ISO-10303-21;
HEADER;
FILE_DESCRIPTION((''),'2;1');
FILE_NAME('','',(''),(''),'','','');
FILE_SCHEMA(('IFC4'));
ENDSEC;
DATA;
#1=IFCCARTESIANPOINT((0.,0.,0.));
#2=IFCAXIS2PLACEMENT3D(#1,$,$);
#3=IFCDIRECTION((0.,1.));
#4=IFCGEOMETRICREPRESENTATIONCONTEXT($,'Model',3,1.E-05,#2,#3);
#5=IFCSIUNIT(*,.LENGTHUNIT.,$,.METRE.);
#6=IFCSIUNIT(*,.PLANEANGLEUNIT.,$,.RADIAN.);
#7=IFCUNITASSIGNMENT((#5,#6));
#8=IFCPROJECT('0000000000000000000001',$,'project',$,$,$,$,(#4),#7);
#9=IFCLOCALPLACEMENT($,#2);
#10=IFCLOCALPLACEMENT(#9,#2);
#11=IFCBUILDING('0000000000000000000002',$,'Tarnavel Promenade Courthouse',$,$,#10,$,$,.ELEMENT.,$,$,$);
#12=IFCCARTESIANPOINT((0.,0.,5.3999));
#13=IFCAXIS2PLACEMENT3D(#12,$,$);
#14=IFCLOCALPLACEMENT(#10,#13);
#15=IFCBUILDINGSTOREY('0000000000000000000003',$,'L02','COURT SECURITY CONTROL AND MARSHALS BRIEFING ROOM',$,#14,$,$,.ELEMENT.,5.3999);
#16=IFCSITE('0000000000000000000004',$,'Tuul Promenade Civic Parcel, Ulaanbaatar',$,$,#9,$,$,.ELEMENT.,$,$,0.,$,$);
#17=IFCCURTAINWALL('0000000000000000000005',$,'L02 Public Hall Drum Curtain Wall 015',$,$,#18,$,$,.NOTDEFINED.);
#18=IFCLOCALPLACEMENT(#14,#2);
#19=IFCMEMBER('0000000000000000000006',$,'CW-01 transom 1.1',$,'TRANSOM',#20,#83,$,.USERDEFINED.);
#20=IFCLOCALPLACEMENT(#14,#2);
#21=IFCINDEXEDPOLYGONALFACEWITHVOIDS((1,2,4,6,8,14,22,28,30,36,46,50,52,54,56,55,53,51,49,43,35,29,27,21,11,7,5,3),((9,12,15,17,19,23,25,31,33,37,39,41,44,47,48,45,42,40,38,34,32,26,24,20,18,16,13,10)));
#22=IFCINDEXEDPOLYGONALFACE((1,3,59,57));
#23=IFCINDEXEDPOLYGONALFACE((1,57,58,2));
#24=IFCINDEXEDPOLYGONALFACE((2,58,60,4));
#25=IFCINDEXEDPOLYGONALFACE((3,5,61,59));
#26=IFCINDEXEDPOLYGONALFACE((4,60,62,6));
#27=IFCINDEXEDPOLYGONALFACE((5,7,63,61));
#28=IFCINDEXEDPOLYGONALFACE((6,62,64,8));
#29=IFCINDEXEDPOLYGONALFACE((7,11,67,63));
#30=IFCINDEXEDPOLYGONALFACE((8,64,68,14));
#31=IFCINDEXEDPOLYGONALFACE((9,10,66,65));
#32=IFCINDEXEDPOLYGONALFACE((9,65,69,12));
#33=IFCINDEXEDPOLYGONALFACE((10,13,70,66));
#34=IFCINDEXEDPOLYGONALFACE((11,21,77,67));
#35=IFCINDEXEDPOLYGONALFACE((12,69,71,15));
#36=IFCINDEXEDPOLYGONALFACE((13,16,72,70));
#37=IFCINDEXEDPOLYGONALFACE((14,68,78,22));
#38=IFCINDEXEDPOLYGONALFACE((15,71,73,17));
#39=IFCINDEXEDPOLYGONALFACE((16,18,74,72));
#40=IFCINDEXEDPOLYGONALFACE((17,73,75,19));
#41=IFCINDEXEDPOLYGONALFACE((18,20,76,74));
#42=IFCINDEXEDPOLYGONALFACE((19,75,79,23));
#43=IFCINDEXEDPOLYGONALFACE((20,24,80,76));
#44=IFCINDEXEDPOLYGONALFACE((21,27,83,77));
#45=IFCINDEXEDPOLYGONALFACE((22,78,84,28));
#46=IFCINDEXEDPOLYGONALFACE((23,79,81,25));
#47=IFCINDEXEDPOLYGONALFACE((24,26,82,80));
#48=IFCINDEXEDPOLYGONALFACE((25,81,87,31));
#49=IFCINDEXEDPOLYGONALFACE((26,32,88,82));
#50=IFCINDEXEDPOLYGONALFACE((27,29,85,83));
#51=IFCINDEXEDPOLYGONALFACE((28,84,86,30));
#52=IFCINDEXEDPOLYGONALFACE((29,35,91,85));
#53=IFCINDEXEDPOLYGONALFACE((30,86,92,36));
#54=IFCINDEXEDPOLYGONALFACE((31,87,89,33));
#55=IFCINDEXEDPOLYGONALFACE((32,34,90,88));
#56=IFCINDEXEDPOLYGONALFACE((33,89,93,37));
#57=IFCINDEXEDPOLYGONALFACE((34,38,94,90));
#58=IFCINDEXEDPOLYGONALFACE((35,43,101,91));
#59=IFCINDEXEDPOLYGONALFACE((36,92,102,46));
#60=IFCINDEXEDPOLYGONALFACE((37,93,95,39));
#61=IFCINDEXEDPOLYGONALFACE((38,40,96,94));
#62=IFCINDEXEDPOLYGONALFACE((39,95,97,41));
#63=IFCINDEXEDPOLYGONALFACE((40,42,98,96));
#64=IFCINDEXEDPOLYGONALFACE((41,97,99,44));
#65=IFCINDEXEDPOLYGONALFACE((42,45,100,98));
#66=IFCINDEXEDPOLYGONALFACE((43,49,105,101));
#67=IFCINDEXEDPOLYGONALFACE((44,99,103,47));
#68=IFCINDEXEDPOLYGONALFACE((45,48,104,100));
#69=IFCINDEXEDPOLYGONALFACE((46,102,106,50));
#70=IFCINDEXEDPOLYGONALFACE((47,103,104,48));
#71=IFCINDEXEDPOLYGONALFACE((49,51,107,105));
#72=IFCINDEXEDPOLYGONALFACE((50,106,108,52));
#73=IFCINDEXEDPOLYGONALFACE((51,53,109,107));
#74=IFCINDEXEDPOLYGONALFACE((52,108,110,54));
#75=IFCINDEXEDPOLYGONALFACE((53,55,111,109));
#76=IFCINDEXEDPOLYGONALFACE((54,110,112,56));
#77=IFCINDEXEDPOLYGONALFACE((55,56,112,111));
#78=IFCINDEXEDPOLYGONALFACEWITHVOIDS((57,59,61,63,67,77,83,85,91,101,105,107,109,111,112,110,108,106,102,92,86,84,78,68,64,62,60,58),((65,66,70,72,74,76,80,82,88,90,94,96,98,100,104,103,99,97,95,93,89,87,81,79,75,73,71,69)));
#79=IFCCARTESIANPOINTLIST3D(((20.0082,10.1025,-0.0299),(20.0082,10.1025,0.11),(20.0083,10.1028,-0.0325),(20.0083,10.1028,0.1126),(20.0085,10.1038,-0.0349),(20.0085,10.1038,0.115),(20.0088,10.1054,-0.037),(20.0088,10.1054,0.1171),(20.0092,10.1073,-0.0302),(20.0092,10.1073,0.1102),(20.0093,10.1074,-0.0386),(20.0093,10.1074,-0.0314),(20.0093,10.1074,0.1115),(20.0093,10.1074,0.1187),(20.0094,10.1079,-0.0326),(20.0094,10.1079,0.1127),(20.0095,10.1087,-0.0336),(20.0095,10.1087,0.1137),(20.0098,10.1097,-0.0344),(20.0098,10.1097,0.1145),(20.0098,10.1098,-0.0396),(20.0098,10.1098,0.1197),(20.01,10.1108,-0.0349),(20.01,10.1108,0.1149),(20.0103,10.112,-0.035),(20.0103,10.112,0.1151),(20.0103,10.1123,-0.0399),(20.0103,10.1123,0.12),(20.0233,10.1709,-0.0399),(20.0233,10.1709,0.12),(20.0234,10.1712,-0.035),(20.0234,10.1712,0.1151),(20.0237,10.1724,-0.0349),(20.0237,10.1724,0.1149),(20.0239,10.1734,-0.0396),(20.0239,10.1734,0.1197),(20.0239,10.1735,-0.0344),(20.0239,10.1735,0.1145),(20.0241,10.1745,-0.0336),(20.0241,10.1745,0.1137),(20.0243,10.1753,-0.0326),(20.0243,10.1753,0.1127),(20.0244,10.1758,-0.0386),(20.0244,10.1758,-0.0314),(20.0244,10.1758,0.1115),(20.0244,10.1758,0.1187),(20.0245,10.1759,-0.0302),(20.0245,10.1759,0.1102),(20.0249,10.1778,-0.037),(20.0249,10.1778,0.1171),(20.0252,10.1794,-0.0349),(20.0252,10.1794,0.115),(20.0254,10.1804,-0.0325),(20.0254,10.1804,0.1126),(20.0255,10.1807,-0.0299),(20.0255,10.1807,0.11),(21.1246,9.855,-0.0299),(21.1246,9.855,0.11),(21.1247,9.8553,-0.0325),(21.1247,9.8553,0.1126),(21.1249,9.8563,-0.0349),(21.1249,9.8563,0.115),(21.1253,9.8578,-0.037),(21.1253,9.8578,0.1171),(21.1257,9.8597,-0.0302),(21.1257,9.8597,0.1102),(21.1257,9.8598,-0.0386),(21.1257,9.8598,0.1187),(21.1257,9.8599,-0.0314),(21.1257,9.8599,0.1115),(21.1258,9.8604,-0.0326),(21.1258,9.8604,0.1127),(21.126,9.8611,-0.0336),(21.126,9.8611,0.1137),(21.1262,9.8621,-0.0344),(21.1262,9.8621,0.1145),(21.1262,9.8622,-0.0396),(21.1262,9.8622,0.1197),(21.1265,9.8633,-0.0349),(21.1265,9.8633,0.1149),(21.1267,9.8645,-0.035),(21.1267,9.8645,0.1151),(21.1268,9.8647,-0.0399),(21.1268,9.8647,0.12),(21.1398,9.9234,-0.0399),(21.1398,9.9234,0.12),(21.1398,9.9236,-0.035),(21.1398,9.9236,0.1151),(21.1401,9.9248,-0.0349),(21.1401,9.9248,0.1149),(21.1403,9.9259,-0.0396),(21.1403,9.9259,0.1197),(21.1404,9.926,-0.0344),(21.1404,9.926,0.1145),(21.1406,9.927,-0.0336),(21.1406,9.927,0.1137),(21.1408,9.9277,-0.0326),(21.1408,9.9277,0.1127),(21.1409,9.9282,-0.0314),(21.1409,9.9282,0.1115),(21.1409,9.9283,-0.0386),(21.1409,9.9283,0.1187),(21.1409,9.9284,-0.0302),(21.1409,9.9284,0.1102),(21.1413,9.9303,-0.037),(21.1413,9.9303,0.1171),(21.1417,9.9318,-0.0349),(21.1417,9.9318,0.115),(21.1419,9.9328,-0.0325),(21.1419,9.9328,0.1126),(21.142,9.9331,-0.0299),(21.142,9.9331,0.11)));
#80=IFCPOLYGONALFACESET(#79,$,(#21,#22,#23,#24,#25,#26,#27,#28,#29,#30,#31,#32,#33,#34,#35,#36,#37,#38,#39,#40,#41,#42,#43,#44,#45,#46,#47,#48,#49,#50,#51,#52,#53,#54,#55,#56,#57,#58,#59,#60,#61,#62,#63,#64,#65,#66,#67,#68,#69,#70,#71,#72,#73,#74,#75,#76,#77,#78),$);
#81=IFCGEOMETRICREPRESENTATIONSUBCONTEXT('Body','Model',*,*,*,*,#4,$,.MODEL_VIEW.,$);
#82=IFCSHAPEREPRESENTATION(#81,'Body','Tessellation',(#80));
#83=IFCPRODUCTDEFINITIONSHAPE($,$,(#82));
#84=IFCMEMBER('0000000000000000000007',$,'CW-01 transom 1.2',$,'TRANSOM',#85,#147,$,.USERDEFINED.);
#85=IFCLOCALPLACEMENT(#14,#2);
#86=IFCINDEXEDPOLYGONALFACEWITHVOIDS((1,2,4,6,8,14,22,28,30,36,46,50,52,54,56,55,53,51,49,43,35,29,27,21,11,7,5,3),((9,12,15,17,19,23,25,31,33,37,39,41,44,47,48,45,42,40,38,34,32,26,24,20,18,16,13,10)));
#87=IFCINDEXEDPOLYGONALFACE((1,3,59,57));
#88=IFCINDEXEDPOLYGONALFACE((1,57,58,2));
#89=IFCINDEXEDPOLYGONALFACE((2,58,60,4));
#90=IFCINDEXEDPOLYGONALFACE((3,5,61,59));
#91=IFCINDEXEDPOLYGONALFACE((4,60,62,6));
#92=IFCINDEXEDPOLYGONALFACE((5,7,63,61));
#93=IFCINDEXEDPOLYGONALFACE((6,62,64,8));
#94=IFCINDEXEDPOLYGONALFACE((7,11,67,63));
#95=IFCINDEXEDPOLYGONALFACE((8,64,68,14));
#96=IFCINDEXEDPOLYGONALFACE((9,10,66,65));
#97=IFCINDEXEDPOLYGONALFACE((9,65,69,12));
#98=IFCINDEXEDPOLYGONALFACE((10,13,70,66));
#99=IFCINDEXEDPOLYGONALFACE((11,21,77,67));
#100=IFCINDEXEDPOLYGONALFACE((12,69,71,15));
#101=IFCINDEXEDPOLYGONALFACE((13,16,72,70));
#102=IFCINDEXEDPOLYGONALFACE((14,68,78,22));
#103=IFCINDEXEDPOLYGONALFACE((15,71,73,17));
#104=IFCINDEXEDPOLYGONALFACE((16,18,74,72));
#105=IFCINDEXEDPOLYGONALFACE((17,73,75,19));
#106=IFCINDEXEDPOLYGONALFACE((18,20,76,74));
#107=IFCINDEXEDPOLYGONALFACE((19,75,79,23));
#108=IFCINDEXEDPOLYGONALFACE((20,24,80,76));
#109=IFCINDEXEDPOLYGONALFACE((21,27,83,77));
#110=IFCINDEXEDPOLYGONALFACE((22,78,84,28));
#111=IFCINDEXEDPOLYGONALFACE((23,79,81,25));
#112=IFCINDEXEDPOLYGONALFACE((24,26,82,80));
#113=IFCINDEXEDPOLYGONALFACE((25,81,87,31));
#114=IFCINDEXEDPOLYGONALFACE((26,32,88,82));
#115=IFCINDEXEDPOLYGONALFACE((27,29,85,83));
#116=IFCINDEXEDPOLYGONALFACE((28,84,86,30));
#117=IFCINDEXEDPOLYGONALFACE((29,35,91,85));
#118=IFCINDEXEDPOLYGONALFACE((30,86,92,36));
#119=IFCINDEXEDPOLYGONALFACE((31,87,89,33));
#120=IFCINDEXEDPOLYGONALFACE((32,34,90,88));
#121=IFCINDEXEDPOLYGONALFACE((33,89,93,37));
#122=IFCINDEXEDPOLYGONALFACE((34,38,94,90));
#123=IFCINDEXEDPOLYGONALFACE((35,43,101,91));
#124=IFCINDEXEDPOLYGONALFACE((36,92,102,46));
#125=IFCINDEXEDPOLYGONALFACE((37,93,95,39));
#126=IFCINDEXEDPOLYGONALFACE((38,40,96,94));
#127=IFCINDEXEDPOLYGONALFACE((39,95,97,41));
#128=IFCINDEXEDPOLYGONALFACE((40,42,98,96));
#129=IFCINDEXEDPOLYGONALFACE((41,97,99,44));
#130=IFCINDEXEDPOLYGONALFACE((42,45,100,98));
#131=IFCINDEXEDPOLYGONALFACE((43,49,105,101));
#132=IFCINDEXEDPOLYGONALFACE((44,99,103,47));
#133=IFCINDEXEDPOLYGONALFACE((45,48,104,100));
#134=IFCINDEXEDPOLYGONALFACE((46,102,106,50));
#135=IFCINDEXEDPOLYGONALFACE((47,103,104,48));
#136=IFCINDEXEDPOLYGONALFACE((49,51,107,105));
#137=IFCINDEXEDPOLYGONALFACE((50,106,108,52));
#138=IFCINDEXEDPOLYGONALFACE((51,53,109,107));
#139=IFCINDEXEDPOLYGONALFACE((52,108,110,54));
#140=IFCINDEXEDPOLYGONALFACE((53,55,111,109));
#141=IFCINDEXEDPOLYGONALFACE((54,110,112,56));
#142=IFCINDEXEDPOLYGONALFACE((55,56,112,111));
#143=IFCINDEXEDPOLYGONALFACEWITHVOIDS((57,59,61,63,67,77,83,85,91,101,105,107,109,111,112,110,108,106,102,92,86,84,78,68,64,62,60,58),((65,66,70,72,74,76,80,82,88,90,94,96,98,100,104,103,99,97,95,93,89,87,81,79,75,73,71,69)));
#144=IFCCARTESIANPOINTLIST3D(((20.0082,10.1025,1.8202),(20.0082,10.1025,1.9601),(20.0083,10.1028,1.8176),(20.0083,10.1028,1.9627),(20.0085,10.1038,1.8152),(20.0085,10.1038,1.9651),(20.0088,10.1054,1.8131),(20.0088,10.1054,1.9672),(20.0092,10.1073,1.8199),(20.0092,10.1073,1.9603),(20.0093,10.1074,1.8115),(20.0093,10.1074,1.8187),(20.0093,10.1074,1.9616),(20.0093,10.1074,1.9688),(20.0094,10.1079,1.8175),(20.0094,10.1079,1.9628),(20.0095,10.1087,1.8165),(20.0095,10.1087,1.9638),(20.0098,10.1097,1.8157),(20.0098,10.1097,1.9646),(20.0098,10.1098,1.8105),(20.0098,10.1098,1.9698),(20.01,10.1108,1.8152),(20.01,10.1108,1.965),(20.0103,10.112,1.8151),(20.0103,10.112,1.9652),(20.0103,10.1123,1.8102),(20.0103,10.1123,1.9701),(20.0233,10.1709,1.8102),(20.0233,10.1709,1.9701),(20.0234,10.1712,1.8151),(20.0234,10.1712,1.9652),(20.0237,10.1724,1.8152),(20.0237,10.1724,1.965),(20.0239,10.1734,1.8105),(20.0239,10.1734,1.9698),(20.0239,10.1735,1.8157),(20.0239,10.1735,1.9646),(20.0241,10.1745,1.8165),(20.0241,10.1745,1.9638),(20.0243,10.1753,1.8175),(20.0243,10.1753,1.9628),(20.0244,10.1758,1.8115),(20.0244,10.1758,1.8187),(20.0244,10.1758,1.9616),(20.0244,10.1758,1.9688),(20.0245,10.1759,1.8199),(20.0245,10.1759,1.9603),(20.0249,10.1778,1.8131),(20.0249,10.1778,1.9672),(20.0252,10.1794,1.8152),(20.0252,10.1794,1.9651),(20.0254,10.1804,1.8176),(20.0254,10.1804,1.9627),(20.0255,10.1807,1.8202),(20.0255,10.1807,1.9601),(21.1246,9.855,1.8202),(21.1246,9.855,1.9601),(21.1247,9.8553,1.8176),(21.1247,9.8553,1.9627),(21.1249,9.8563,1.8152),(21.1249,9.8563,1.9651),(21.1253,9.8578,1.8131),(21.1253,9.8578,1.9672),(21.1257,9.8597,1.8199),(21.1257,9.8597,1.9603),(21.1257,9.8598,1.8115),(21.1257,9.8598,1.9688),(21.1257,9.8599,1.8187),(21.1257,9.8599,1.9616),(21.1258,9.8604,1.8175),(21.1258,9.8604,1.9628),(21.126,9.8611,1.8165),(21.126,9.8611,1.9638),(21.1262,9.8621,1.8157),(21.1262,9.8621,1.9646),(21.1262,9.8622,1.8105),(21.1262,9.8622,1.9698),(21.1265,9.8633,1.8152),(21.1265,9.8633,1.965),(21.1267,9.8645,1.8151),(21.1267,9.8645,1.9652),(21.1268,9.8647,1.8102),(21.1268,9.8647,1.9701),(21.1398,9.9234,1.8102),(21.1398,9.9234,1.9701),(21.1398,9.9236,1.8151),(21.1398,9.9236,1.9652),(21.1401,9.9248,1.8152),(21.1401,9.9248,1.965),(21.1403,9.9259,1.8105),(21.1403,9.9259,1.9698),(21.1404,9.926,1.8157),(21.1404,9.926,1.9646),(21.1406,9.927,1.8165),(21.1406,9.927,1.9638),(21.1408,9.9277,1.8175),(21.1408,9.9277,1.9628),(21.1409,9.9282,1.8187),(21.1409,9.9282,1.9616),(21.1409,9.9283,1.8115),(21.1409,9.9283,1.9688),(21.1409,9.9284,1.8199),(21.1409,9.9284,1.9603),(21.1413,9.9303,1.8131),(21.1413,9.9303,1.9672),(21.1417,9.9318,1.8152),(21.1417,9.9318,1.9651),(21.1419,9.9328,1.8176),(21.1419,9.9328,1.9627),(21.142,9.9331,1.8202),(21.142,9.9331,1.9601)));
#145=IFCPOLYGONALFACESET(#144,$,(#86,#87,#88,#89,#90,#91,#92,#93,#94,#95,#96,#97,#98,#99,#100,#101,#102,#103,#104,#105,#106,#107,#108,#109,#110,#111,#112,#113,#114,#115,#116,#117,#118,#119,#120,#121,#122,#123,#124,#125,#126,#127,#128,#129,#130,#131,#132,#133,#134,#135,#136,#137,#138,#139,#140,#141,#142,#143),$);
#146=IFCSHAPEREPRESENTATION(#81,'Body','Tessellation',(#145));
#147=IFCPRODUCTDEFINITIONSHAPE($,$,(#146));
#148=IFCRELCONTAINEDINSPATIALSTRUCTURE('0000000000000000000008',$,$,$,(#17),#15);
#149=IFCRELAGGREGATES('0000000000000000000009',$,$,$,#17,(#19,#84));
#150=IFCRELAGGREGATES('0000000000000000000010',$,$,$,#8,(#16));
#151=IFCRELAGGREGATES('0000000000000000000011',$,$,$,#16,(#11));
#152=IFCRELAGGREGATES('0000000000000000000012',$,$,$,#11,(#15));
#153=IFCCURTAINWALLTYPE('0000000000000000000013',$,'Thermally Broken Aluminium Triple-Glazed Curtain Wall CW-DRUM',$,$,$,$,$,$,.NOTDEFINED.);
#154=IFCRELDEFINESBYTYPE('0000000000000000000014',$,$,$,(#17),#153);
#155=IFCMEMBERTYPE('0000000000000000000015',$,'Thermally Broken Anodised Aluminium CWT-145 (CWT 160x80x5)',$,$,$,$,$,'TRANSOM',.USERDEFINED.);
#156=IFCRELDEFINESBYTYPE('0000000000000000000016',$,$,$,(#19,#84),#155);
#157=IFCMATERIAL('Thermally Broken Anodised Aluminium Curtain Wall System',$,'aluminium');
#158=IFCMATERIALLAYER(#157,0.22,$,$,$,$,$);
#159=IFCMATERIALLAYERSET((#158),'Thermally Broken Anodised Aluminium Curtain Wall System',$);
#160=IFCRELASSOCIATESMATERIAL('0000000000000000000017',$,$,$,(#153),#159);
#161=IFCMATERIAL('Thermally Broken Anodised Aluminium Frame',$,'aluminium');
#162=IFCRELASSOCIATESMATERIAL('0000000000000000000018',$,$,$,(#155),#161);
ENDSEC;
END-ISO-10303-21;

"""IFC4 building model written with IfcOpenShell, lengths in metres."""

from ifc_helpers import new_model, si_unit, direction, frame, origin, origin_2d, place, context, subcontext, project, spatial, hollow_rectangle, extrude, material, layer, layer_set, material_profile, profile_set, type_object, element, aggregate, save


model = new_model("IFC4")

# Units and contexts
model_context = context("Model", 3, precision=1e-05, world=origin(), true_north=direction((0.0, 1.0)))
body_context = subcontext(model_context, "Body", "Model", "MODEL_VIEW")
ifc_project = project(units=[si_unit("LENGTHUNIT", "METRE"), si_unit("PLANEANGLEUNIT", "RADIAN")], contexts=[model_context])

# Site, building, storey
site_placement = place(None, origin())
site = spatial("IfcSite", under=ifc_project, at=site_placement, Name="Tuul Promenade Civic Parcel, Ulaanbaatar", CompositionType="ELEMENT", RefElevation=0.0)
building_placement = place(site_placement, origin())
building = spatial("IfcBuilding", under=site, at=building_placement, Name="Tarnavel Promenade Courthouse", CompositionType="ELEMENT")
storey_placement = place(building_placement, frame((0.0, 0.0, 5.3999)))
storey = spatial("IfcBuildingStorey", under=building, at=storey_placement, Name="L02", Description="COURT SECURITY CONTROL AND MARSHALS BRIEFING ROOM", CompositionType="ELEMENT", Elevation=5.3999)

# Curtain wall
ifc_material_1 = material(Name="Thermally Broken Anodised Aluminium Curtain Wall System", Category="aluminium")
ifc_layer_1 = layer(ifc_material_1, 0.22)
ifc_layer_set_1 = layer_set([ifc_layer_1], Name="Thermally Broken Anodised Aluminium Curtain Wall System")
curtain_wall_type = type_object("IfcCurtainWallType", Name="Thermally Broken Aluminium Triple-Glazed Curtain Wall CW-DRUM", PredefinedType="NOTDEFINED", material=ifc_layer_set_1)
curtain_wall_1_placement = place(storey_placement, origin())
curtain_wall_1 = element("IfcCurtainWall", 1, at=curtain_wall_1_placement, inside=storey, type_object=curtain_wall_type, Name="L02 Public Hall Drum Curtain Wall 015", PredefinedType="NOTDEFINED")
ifc_material_2 = material(Name="Thermally Broken Anodised Aluminium Frame", Category="aluminium")

# Members
ifc_material_profile_1 = material_profile(ifc_material_2, hollow_rectangle(XDim=0.0801, YDim=0.1599, WallThickness=0.0049, InnerFilletRadius=0.0049, OuterFilletRadius=0.01, at=origin_2d()), Name="CWT 160x80x5")
ifc_profile_set_1 = profile_set([ifc_material_profile_1], Name="Thermally Broken Anodised Aluminium Frame")
member_type_1 = type_object("IfcMemberType", Name="Thermally Broken Anodised Aluminium CWT-145 (CWT 160x80x5)", ElementType="TRANSOM", PredefinedType="USERDEFINED", material=ifc_profile_set_1)
member_1_placement = place(storey_placement, frame((20.0168, 10.1416, 0.04), z_axis=(0.976287, -0.216478, 0.0), x_axis=(0.216478, 0.976287, 0.0)))
member_1 = element("IfcMember", 2, at=member_1_placement, type_object=member_type_1, Name="CW-01 transom 1.1", ObjectType="TRANSOM", PredefinedType="USERDEFINED", context=body_context, shape_type="SweptSolid", body=[
    extrude(hollow_rectangle(XDim=0.0801, YDim=0.1599, WallThickness=0.0049, InnerFilletRadius=0.0049, OuterFilletRadius=0.01, at=origin_2d()), origin(), (0.0, 0.0, 1.0), 1.1436),
])
member_2_placement = place(storey_placement, frame((20.0168, 10.1416, 1.8901), z_axis=(0.976287, -0.216478, 0.0), x_axis=(0.216478, 0.976287, 0.0)))
member_2 = element("IfcMember", 3, at=member_2_placement, type_object=member_type_1, Name="CW-01 transom 1.2", ObjectType="TRANSOM", PredefinedType="USERDEFINED", context=body_context, shape_type="SweptSolid", body=[
    extrude(hollow_rectangle(XDim=0.0801, YDim=0.1599, WallThickness=0.0049, InnerFilletRadius=0.0049, OuterFilletRadius=0.01, at=origin_2d()), origin(), (0.0, 0.0, 1.0), 1.1436),
])

aggregate(curtain_wall_1, [member_1, member_2])

save(model, "model.ifc")
